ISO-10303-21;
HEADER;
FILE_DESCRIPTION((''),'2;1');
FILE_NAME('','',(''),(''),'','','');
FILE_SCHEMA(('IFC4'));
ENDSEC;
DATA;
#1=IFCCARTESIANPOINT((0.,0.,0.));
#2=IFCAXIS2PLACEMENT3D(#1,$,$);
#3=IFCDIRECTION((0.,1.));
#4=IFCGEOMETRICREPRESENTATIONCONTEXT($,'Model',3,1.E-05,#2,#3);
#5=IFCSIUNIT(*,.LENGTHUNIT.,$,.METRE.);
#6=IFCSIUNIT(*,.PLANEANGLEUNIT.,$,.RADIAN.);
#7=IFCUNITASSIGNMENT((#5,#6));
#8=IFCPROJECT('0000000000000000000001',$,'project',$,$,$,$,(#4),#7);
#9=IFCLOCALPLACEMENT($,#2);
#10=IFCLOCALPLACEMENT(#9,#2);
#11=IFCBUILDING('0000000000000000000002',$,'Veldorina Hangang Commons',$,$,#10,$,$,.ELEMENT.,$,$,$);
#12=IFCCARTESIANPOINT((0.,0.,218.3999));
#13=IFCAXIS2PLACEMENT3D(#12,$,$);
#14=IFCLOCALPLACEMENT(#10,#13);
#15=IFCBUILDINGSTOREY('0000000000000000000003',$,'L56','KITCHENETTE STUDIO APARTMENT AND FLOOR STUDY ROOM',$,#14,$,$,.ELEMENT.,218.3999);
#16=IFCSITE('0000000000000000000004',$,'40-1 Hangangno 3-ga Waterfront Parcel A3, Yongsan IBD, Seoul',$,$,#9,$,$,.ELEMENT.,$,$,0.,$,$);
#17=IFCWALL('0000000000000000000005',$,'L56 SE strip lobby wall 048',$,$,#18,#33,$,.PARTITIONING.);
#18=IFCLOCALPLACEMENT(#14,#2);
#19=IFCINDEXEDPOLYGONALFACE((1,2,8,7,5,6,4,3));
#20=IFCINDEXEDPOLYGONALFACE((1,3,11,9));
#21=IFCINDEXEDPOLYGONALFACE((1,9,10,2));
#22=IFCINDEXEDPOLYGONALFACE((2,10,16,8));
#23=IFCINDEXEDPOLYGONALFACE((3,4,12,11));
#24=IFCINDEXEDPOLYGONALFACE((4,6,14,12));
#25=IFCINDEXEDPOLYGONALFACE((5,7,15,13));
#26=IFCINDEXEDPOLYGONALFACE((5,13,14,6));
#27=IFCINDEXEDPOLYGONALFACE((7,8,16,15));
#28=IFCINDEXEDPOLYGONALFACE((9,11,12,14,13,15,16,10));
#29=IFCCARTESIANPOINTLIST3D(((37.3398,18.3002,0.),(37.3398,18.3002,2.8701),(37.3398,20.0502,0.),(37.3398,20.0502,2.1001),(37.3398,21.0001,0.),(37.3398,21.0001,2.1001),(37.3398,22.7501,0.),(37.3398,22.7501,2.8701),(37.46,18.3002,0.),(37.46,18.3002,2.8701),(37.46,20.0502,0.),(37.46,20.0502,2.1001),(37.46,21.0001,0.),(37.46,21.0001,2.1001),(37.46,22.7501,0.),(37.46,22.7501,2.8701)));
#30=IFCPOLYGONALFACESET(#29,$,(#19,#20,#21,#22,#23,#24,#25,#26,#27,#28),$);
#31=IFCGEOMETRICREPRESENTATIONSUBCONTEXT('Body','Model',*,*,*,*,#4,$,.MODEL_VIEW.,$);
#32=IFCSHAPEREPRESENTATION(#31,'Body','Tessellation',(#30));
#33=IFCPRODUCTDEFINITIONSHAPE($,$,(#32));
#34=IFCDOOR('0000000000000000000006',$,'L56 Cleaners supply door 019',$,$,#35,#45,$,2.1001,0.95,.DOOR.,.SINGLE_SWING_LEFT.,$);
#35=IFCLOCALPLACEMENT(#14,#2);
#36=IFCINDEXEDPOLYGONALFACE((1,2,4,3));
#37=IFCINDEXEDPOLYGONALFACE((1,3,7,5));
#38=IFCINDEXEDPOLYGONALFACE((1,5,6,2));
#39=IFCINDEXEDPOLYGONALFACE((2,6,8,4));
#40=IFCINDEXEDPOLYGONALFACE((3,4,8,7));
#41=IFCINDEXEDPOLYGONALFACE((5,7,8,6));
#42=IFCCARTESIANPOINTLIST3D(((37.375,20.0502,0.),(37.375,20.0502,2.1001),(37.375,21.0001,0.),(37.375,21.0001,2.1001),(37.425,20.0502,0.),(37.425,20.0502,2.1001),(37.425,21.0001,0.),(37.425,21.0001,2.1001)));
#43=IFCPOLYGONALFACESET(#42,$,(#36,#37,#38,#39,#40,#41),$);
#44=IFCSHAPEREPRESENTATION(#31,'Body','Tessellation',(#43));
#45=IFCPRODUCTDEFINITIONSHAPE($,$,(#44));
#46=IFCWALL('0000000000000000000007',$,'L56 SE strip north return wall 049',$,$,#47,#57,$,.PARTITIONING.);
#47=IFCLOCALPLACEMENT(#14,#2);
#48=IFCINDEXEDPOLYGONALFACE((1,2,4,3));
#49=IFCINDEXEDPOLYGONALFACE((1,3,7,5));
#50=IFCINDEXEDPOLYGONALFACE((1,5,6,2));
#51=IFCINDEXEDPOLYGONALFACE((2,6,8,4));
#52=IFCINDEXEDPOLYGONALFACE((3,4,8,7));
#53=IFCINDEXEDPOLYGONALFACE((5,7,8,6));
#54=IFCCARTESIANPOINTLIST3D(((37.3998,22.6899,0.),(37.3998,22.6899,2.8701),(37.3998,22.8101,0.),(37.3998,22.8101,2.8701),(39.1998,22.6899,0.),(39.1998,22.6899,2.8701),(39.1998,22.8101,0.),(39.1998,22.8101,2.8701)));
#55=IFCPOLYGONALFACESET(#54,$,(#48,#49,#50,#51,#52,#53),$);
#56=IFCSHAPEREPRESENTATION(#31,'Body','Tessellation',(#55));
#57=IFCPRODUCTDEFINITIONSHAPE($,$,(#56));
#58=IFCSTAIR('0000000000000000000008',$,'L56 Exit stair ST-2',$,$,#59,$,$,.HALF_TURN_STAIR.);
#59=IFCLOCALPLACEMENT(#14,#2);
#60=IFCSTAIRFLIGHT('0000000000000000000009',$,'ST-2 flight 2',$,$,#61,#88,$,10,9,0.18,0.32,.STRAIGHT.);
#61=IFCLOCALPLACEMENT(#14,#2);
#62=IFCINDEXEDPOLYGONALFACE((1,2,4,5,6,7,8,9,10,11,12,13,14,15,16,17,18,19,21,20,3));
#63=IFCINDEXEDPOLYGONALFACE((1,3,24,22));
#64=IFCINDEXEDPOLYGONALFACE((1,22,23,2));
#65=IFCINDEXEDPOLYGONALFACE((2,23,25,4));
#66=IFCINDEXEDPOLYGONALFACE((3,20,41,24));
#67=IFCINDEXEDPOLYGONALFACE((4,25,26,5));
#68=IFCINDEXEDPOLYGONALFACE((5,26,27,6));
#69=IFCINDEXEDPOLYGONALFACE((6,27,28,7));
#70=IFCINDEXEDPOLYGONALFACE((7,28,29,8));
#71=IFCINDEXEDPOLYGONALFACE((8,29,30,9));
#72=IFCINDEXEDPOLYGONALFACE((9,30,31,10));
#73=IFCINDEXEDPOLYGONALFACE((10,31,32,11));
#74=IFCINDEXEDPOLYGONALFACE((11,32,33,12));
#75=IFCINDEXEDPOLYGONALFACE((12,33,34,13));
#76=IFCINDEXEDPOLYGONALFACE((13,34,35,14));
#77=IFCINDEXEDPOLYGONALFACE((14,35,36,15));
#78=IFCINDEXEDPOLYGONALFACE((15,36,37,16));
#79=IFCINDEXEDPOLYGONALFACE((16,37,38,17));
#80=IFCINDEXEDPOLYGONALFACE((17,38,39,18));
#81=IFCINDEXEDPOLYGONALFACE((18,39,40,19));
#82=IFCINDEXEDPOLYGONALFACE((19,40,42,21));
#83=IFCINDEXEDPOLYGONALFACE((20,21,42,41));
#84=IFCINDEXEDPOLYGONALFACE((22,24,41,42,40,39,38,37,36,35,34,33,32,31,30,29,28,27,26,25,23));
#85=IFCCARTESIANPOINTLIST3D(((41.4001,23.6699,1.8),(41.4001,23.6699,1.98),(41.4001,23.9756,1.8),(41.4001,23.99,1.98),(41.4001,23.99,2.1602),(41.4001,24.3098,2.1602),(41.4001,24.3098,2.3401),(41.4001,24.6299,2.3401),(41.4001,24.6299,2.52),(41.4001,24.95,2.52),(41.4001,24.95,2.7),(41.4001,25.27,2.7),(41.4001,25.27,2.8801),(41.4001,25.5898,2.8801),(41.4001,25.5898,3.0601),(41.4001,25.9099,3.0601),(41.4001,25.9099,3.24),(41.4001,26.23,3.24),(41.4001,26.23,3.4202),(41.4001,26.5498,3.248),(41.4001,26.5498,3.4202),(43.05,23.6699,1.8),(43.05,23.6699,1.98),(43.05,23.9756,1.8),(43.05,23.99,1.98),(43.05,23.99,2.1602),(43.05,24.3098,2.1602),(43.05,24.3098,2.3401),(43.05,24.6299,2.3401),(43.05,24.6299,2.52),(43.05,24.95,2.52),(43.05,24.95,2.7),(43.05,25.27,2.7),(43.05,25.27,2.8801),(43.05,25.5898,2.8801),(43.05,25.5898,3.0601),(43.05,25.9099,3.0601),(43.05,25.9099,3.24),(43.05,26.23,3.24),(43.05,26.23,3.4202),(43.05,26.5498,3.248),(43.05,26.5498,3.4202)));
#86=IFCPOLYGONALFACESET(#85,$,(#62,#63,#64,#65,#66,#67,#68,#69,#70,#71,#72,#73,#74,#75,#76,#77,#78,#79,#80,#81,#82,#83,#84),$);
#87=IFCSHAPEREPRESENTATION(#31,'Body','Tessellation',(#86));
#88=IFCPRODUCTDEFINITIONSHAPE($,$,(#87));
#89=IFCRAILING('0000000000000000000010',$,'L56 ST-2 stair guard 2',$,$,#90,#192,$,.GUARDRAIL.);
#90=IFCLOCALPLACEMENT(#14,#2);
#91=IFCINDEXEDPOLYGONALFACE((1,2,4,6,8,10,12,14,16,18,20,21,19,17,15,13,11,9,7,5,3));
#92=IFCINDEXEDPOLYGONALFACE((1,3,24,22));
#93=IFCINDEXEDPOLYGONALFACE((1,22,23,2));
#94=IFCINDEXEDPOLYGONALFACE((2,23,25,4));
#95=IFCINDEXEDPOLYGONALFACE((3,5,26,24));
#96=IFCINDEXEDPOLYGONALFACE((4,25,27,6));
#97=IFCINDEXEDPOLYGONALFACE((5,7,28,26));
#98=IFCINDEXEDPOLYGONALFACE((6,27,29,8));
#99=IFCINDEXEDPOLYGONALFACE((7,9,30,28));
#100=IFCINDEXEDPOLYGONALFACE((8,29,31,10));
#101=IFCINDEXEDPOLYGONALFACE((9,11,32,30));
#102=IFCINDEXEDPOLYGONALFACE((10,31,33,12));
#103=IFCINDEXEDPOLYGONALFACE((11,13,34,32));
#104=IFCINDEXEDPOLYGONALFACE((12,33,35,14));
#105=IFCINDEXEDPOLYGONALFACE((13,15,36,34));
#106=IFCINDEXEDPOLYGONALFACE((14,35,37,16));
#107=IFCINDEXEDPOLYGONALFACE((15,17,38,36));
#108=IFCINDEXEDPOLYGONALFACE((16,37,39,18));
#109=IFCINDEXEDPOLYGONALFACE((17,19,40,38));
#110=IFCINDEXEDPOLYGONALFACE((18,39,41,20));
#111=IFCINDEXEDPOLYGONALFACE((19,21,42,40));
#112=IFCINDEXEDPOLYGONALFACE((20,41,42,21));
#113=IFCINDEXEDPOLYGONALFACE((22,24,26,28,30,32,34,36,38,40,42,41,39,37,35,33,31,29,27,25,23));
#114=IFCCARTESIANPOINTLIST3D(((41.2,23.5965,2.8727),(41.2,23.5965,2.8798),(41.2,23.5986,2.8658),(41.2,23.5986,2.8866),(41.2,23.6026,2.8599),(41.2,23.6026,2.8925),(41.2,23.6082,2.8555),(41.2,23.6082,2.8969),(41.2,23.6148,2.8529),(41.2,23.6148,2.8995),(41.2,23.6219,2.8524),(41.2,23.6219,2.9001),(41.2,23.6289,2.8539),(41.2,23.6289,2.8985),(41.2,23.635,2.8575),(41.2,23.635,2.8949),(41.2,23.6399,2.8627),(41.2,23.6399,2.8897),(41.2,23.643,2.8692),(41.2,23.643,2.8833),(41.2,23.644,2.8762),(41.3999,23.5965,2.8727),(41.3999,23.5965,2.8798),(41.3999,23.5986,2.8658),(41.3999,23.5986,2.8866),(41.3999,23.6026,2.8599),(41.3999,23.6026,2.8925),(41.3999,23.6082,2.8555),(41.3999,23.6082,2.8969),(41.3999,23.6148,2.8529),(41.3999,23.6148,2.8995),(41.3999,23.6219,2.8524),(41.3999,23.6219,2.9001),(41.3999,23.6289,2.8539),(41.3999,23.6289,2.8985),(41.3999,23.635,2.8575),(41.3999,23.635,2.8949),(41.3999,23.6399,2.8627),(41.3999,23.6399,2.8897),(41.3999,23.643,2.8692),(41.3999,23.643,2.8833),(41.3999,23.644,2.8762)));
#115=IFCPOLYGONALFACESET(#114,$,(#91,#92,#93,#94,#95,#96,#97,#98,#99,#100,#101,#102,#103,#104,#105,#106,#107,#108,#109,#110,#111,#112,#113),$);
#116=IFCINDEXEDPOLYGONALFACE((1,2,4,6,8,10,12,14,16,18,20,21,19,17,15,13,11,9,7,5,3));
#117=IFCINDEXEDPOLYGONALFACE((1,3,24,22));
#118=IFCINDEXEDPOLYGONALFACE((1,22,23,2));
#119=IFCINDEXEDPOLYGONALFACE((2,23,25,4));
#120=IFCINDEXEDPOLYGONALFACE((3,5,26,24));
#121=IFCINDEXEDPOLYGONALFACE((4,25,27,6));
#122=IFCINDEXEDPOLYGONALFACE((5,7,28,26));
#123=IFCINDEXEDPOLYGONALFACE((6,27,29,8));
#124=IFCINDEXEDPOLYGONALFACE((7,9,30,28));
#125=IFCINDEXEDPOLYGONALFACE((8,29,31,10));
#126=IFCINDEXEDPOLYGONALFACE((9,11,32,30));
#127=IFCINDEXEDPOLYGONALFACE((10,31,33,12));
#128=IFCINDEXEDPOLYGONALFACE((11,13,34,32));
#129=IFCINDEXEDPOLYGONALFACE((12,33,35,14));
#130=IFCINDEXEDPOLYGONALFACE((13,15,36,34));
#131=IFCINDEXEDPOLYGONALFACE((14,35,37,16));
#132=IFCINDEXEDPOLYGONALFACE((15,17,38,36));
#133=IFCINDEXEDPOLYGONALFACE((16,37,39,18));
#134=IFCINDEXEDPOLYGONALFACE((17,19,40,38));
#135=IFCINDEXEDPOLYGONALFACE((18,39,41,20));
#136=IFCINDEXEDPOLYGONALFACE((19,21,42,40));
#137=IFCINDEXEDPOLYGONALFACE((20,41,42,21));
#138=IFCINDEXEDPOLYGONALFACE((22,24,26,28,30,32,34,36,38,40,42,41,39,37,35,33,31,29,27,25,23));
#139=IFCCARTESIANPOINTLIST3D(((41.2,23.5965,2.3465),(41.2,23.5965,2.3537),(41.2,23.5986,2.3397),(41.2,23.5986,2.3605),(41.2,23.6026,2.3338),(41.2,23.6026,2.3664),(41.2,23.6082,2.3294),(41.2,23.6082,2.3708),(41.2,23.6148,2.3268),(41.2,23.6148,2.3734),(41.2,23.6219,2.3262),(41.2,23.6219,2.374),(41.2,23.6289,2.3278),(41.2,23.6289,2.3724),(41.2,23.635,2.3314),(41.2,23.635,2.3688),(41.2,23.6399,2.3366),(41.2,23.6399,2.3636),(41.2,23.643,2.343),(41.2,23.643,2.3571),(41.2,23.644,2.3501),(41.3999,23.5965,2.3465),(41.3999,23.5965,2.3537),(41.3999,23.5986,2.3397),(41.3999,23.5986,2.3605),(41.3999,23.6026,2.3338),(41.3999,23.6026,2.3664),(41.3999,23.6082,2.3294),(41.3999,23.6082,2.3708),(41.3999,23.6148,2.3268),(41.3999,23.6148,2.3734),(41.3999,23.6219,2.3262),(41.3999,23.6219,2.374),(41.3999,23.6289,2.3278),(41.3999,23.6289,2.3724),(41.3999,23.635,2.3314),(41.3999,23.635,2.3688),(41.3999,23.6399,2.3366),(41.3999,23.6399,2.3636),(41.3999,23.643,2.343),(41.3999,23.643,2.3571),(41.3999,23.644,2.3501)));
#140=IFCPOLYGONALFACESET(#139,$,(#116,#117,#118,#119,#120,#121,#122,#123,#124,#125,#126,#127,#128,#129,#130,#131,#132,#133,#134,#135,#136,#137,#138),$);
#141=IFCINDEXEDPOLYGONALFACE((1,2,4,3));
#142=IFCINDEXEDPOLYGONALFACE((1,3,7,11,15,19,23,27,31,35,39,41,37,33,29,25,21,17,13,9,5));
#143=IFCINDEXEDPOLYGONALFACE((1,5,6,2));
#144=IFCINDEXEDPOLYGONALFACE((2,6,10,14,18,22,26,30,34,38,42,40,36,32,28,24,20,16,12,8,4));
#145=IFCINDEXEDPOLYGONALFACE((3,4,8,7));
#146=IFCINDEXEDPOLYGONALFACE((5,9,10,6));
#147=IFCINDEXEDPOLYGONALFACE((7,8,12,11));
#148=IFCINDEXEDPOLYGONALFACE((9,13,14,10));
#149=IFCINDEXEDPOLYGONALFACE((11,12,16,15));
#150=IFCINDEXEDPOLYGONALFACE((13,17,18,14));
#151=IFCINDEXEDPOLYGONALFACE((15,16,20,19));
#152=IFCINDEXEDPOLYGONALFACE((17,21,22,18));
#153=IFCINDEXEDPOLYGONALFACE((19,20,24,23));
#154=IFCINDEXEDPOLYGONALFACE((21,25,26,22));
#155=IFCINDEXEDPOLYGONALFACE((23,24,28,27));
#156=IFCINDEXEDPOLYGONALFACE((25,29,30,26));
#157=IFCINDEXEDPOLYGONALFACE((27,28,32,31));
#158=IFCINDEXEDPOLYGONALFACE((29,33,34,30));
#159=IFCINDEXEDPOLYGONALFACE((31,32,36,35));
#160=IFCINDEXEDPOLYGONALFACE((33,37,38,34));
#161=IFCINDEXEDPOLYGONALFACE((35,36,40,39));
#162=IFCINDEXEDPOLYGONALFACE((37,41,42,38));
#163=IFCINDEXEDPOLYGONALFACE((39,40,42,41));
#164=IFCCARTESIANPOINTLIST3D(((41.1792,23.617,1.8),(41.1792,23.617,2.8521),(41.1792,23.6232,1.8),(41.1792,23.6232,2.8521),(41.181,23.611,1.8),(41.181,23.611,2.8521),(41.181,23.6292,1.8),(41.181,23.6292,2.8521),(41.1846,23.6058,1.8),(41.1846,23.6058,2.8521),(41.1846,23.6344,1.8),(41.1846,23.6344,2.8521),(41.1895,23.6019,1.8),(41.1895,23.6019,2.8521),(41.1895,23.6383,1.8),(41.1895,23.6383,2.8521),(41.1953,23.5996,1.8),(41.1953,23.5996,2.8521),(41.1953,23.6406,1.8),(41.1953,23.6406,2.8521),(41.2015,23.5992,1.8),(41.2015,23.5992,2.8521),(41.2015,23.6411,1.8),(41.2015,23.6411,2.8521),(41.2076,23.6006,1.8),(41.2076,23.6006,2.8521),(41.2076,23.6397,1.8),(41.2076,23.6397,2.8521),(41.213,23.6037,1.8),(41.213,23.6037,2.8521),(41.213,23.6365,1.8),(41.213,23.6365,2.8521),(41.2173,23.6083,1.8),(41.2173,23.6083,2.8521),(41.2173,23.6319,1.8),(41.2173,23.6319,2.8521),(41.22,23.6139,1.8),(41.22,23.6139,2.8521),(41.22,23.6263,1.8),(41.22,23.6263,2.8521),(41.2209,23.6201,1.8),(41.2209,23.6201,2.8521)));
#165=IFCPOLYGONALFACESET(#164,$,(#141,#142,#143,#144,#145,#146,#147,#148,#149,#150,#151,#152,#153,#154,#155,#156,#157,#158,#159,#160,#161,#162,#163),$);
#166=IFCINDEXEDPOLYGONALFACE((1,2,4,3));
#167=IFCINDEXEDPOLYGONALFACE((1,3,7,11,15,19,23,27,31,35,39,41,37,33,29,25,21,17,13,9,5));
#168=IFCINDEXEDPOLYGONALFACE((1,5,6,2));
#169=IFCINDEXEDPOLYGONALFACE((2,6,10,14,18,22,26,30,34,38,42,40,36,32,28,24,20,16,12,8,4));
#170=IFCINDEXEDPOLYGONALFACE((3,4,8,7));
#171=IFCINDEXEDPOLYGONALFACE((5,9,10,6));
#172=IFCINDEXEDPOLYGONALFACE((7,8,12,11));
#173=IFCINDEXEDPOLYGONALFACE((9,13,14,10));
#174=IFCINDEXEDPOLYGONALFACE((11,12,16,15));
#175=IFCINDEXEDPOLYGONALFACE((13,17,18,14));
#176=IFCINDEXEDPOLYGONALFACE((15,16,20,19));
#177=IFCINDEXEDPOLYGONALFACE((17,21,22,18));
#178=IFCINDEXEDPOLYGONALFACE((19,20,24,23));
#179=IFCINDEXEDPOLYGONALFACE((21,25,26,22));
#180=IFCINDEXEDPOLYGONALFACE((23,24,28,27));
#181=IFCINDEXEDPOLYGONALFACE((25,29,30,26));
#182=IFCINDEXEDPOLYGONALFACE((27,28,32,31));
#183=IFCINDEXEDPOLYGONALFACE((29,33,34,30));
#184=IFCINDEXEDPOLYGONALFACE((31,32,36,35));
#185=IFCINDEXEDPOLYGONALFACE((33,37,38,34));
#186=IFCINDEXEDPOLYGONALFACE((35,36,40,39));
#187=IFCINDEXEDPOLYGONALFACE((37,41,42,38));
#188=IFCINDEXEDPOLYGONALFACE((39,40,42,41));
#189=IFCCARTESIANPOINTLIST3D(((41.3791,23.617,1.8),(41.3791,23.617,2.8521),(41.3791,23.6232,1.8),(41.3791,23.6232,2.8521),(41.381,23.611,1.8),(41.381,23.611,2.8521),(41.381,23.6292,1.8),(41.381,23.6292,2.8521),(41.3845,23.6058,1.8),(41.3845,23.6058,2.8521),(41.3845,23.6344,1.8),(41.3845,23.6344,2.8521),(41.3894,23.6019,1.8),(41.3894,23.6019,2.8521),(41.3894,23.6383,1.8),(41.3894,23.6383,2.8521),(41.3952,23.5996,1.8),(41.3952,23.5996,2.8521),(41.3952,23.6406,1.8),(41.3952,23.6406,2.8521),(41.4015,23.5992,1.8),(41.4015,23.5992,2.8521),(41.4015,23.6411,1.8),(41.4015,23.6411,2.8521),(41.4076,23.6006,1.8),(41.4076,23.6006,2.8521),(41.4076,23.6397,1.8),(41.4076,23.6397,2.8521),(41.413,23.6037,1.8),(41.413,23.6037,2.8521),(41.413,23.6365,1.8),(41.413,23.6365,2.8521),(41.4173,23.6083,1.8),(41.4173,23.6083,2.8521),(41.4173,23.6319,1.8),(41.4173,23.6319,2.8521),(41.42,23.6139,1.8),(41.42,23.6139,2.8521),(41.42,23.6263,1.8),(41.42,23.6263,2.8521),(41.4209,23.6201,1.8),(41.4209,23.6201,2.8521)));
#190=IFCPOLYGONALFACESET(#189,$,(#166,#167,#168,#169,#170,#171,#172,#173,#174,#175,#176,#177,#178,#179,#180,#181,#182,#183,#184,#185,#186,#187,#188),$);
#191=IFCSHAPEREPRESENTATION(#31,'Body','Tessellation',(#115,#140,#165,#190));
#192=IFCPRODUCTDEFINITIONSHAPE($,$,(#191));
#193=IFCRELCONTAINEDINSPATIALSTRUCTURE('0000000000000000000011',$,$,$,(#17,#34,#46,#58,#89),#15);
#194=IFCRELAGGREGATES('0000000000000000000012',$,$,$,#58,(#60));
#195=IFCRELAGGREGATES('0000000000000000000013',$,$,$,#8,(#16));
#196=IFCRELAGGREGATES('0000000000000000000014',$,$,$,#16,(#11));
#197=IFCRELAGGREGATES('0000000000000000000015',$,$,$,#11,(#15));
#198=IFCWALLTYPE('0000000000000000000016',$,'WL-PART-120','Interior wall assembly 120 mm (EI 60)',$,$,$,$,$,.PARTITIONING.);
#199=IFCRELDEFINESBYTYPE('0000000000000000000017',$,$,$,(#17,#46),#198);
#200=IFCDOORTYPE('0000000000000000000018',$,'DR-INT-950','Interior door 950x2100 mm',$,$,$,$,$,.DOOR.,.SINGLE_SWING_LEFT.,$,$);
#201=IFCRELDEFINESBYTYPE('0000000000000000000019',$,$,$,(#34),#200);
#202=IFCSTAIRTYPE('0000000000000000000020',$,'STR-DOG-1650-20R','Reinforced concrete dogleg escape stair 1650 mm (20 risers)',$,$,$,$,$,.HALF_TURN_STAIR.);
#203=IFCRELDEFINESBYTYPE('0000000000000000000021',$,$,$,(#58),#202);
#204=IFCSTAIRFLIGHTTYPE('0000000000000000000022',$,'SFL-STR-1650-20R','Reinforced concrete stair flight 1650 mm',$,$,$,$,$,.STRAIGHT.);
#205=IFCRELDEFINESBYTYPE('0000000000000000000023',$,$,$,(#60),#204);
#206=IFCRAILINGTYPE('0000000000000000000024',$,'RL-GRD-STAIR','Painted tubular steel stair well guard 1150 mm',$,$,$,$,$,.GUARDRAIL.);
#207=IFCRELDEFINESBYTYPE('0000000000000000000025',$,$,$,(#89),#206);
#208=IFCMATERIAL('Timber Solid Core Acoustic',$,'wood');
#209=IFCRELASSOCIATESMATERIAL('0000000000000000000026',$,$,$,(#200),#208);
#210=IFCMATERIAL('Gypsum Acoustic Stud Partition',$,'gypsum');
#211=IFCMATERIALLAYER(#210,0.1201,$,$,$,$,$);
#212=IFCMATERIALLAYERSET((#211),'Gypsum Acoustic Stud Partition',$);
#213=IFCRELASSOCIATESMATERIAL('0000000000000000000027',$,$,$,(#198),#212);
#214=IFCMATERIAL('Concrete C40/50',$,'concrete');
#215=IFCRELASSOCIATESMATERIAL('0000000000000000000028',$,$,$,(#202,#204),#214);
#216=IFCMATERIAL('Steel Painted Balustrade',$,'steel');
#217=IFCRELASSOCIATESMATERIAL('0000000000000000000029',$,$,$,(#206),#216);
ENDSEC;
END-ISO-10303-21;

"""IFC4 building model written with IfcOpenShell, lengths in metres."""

from ifc_helpers import new_model, si_unit, direction, frame, frame_2d, origin, origin_2d, place, context, subcontext, project, spatial, polyline, rectangle, circle, outline, extrude, material, layer, layer_set, type_object, element, fill, aggregate, save


model = new_model("IFC4")

# Units and contexts
model_context = context("Model", 3, precision=1e-05, world=origin(), true_north=direction((0.0, 1.0)))
body_context = subcontext(model_context, "Body", "Model", "MODEL_VIEW")
ifc_project = project(units=[si_unit("LENGTHUNIT", "METRE"), si_unit("PLANEANGLEUNIT", "RADIAN")], contexts=[model_context])

# Site, building, storey
site_placement = place(None, origin())
site = spatial("IfcSite", under=ifc_project, at=site_placement, Name="40-1 Hangangno 3-ga Waterfront Parcel A3, Yongsan IBD, Seoul", CompositionType="ELEMENT", RefElevation=0.0)
building_placement = place(site_placement, origin())
building = spatial("IfcBuilding", under=site, at=building_placement, Name="Veldorina Hangang Commons", CompositionType="ELEMENT")
storey_placement = place(building_placement, frame((0.0, 0.0, 218.3999)))
storey = spatial("IfcBuildingStorey", under=building, at=storey_placement, Name="L56", Description="KITCHENETTE STUDIO APARTMENT AND FLOOR STUDY ROOM", CompositionType="ELEMENT", Elevation=218.3999)

# Shared definitions
ifc_material_1 = material(Name="Timber Solid Core Acoustic", Category="wood")
door_type_1 = type_object("IfcDoorType", Name="DR-INT-950", Description="Interior door 950x2100 mm", OperationType="SINGLE_SWING_LEFT", PredefinedType="DOOR", material=ifc_material_1)

# Shared definitions
ifc_material_2 = material(Name="Gypsum Acoustic Stud Partition", Category="gypsum")
ifc_layer_1 = layer(ifc_material_2, 0.1201)
ifc_layer_set_1 = layer_set([ifc_layer_1], Name="Gypsum Acoustic Stud Partition")
wall_type_1 = type_object("IfcWallType", Name="WL-PART-120", Description="Interior wall assembly 120 mm (EI 60)", PredefinedType="PARTITIONING", material=ifc_layer_set_1)

# Wall, opening, door
wall_1_placement = place(storey_placement, frame((37.3999, 18.3, 0.0), z_axis=(0.0, 0.0, 1.0), x_axis=(0.0, 1.0, 0.0)))
wall_1 = element("IfcWall", 1, at=wall_1_placement, inside=storey, type_object=wall_type_1, Name="L56 SE strip lobby wall 048", PredefinedType="PARTITIONING", context=body_context, shape_type="SweptSolid", body=[
    extrude(rectangle(XDim=4.45, YDim=0.1201, at=frame_2d((2.2251, 0.0))), origin(), (0.0, 0.0, 1.0), 2.8701),
])
opening_1_placement = place(wall_1_placement, frame((1.75, 0.0, 0.0)))
opening_1 = element("IfcOpeningElement", 2, at=opening_1_placement, cuts=wall_1, PredefinedType="OPENING", context=body_context, shape_type="SweptSolid", body=[
    extrude(rectangle(XDim=0.95, YDim=2.1001, at=frame_2d((0.4751, 1.05))), frame((0.0, 0.0701, 0.0), z_axis=(0.0, -1.0, 0.0), x_axis=(1.0, 0.0, 0.0)), (0.0, 0.0, 1.0), 0.1401),
])
door_1_placement = place(opening_1_placement, origin())
door_1 = element("IfcDoor", 3, at=door_1_placement, inside=storey, type_object=door_type_1, Name="L56 Cleaners supply door 019", OperationType="SINGLE_SWING_LEFT", OverallHeight=2.1001, OverallWidth=0.95, PredefinedType="DOOR", context=body_context, shape_type="SweptSolid", body=[
    extrude(rectangle(XDim=0.95, YDim=2.1001, at=frame_2d((0.4751, 1.05))), frame((0.0, 0.0249, 0.0), z_axis=(0.0, -1.0, 0.0), x_axis=(1.0, 0.0, 0.0)), (0.0, 0.0, 1.0), 0.05),
])
fill(opening_1, door_1)

# Wall
wall_2_placement = place(storey_placement, frame((37.3999, 22.75, 0.0), z_axis=(0.0, 0.0, 1.0), x_axis=(1.0, 0.0, 0.0)))
element("IfcWall", 4, at=wall_2_placement, inside=storey, type_object=wall_type_1, Name="L56 SE strip north return wall 049", PredefinedType="PARTITIONING", context=body_context, shape_type="SweptSolid", body=[
    extrude(rectangle(XDim=1.8, YDim=0.1201, at=frame_2d((0.8999, 0.0))), origin(), (0.0, 0.0, 1.0), 2.8701),
])

# Stair, stair flight
ifc_material_3 = material(Name="Concrete C40/50", Category="concrete")
stair_type = type_object("IfcStairType", Name="STR-DOG-1650-20R", Description="Reinforced concrete dogleg escape stair 1650 mm (20 risers)", PredefinedType="HALF_TURN_STAIR", material=ifc_material_3)
stair_placement = place(storey_placement, origin())
stair = element("IfcStair", 5, at=stair_placement, inside=storey, type_object=stair_type, Name="L56 Exit stair ST-2", PredefinedType="HALF_TURN_STAIR")
stair_flight_type = type_object("IfcStairFlightType", Name="SFL-STR-1650-20R", Description="Reinforced concrete stair flight 1650 mm", PredefinedType="STRAIGHT", material=ifc_material_3)
stair_flight_placement = place(storey_placement, frame((42.2251, 23.6699, 1.8), z_axis=(0.0, 0.0, 1.0), x_axis=(0.0, 1.0, 0.0)))
stair_flight = element("IfcStairFlight", 6, at=stair_flight_placement, type_object=stair_flight_type, Name="ST-2 flight 2", NumberOfRisers=10, NumberOfTreads=9, PredefinedType="STRAIGHT", RiserHeight=0.18, TreadLength=0.32, context=body_context, shape_type="SweptSolid", body=[
    extrude(outline(polyline([(0.0, 0.0), (0.0, 0.1799), (0.3201, 0.1799), (0.3201, 0.3601), (0.6399, 0.3601), (0.6399, 0.54), (0.96, 0.54), (0.96, 0.72), (1.28, 0.72), (1.28, 0.8999), (1.6001, 0.8999), (1.6001, 1.0801), (1.9199, 1.0801), (1.9199, 1.26), (2.24, 1.26), (2.24, 1.4399), (2.5601, 1.4399), (2.5601, 1.6201), (2.8799, 1.6201), (2.8799, 1.8), (2.8799, 1.448), (0.3057, 0.0), (0.0, 0.0)])), frame((0.0, 0.825, 0.0), z_axis=(0.0, -1.0, 0.0), x_axis=(1.0, 0.0, 0.0)), (0.0, 0.0, 1.0), 1.6499),
])
aggregate(stair, [stair_flight])

# Railing
ifc_material_4 = material(Name="Steel Painted Balustrade", Category="steel")
railing_type_1 = type_object("IfcRailingType", Name="RL-GRD-STAIR", Description="Painted tubular steel stair well guard 1150 mm", PredefinedType="GUARDRAIL", material=ifc_material_4)
railing_1_placement = place(storey_placement, frame((41.2, 23.6201, 1.8)))
element("IfcRailing", 7, at=railing_1_placement, inside=storey, type_object=railing_type_1, Name="L56 ST-2 stair guard 2", PredefinedType="GUARDRAIL", context=body_context, shape_type="SweptSolid", body=[
    extrude(circle(Radius=0.0239, at=origin_2d()), frame((0.0, 0.0, 1.0762), z_axis=(1.0, 0.0, 0.0), x_axis=(0.0, 1.0, 0.0)), (0.0, 0.0, 1.0), 0.2),
    extrude(circle(Radius=0.0239, at=origin_2d()), frame((0.0, 0.0, 0.55), z_axis=(1.0, 0.0, 0.0), x_axis=(0.0, 1.0, 0.0)), (0.0, 0.0, 1.0), 0.2),
    extrude(circle(Radius=0.021, at=origin_2d()), origin(), (0.0, 0.0, 1.0), 1.052),
    extrude(circle(Radius=0.021, at=origin_2d()), frame((0.2, 0.0, 0.0)), (0.0, 0.0, 1.0), 1.052),
])

save(model, "model.ifc")
